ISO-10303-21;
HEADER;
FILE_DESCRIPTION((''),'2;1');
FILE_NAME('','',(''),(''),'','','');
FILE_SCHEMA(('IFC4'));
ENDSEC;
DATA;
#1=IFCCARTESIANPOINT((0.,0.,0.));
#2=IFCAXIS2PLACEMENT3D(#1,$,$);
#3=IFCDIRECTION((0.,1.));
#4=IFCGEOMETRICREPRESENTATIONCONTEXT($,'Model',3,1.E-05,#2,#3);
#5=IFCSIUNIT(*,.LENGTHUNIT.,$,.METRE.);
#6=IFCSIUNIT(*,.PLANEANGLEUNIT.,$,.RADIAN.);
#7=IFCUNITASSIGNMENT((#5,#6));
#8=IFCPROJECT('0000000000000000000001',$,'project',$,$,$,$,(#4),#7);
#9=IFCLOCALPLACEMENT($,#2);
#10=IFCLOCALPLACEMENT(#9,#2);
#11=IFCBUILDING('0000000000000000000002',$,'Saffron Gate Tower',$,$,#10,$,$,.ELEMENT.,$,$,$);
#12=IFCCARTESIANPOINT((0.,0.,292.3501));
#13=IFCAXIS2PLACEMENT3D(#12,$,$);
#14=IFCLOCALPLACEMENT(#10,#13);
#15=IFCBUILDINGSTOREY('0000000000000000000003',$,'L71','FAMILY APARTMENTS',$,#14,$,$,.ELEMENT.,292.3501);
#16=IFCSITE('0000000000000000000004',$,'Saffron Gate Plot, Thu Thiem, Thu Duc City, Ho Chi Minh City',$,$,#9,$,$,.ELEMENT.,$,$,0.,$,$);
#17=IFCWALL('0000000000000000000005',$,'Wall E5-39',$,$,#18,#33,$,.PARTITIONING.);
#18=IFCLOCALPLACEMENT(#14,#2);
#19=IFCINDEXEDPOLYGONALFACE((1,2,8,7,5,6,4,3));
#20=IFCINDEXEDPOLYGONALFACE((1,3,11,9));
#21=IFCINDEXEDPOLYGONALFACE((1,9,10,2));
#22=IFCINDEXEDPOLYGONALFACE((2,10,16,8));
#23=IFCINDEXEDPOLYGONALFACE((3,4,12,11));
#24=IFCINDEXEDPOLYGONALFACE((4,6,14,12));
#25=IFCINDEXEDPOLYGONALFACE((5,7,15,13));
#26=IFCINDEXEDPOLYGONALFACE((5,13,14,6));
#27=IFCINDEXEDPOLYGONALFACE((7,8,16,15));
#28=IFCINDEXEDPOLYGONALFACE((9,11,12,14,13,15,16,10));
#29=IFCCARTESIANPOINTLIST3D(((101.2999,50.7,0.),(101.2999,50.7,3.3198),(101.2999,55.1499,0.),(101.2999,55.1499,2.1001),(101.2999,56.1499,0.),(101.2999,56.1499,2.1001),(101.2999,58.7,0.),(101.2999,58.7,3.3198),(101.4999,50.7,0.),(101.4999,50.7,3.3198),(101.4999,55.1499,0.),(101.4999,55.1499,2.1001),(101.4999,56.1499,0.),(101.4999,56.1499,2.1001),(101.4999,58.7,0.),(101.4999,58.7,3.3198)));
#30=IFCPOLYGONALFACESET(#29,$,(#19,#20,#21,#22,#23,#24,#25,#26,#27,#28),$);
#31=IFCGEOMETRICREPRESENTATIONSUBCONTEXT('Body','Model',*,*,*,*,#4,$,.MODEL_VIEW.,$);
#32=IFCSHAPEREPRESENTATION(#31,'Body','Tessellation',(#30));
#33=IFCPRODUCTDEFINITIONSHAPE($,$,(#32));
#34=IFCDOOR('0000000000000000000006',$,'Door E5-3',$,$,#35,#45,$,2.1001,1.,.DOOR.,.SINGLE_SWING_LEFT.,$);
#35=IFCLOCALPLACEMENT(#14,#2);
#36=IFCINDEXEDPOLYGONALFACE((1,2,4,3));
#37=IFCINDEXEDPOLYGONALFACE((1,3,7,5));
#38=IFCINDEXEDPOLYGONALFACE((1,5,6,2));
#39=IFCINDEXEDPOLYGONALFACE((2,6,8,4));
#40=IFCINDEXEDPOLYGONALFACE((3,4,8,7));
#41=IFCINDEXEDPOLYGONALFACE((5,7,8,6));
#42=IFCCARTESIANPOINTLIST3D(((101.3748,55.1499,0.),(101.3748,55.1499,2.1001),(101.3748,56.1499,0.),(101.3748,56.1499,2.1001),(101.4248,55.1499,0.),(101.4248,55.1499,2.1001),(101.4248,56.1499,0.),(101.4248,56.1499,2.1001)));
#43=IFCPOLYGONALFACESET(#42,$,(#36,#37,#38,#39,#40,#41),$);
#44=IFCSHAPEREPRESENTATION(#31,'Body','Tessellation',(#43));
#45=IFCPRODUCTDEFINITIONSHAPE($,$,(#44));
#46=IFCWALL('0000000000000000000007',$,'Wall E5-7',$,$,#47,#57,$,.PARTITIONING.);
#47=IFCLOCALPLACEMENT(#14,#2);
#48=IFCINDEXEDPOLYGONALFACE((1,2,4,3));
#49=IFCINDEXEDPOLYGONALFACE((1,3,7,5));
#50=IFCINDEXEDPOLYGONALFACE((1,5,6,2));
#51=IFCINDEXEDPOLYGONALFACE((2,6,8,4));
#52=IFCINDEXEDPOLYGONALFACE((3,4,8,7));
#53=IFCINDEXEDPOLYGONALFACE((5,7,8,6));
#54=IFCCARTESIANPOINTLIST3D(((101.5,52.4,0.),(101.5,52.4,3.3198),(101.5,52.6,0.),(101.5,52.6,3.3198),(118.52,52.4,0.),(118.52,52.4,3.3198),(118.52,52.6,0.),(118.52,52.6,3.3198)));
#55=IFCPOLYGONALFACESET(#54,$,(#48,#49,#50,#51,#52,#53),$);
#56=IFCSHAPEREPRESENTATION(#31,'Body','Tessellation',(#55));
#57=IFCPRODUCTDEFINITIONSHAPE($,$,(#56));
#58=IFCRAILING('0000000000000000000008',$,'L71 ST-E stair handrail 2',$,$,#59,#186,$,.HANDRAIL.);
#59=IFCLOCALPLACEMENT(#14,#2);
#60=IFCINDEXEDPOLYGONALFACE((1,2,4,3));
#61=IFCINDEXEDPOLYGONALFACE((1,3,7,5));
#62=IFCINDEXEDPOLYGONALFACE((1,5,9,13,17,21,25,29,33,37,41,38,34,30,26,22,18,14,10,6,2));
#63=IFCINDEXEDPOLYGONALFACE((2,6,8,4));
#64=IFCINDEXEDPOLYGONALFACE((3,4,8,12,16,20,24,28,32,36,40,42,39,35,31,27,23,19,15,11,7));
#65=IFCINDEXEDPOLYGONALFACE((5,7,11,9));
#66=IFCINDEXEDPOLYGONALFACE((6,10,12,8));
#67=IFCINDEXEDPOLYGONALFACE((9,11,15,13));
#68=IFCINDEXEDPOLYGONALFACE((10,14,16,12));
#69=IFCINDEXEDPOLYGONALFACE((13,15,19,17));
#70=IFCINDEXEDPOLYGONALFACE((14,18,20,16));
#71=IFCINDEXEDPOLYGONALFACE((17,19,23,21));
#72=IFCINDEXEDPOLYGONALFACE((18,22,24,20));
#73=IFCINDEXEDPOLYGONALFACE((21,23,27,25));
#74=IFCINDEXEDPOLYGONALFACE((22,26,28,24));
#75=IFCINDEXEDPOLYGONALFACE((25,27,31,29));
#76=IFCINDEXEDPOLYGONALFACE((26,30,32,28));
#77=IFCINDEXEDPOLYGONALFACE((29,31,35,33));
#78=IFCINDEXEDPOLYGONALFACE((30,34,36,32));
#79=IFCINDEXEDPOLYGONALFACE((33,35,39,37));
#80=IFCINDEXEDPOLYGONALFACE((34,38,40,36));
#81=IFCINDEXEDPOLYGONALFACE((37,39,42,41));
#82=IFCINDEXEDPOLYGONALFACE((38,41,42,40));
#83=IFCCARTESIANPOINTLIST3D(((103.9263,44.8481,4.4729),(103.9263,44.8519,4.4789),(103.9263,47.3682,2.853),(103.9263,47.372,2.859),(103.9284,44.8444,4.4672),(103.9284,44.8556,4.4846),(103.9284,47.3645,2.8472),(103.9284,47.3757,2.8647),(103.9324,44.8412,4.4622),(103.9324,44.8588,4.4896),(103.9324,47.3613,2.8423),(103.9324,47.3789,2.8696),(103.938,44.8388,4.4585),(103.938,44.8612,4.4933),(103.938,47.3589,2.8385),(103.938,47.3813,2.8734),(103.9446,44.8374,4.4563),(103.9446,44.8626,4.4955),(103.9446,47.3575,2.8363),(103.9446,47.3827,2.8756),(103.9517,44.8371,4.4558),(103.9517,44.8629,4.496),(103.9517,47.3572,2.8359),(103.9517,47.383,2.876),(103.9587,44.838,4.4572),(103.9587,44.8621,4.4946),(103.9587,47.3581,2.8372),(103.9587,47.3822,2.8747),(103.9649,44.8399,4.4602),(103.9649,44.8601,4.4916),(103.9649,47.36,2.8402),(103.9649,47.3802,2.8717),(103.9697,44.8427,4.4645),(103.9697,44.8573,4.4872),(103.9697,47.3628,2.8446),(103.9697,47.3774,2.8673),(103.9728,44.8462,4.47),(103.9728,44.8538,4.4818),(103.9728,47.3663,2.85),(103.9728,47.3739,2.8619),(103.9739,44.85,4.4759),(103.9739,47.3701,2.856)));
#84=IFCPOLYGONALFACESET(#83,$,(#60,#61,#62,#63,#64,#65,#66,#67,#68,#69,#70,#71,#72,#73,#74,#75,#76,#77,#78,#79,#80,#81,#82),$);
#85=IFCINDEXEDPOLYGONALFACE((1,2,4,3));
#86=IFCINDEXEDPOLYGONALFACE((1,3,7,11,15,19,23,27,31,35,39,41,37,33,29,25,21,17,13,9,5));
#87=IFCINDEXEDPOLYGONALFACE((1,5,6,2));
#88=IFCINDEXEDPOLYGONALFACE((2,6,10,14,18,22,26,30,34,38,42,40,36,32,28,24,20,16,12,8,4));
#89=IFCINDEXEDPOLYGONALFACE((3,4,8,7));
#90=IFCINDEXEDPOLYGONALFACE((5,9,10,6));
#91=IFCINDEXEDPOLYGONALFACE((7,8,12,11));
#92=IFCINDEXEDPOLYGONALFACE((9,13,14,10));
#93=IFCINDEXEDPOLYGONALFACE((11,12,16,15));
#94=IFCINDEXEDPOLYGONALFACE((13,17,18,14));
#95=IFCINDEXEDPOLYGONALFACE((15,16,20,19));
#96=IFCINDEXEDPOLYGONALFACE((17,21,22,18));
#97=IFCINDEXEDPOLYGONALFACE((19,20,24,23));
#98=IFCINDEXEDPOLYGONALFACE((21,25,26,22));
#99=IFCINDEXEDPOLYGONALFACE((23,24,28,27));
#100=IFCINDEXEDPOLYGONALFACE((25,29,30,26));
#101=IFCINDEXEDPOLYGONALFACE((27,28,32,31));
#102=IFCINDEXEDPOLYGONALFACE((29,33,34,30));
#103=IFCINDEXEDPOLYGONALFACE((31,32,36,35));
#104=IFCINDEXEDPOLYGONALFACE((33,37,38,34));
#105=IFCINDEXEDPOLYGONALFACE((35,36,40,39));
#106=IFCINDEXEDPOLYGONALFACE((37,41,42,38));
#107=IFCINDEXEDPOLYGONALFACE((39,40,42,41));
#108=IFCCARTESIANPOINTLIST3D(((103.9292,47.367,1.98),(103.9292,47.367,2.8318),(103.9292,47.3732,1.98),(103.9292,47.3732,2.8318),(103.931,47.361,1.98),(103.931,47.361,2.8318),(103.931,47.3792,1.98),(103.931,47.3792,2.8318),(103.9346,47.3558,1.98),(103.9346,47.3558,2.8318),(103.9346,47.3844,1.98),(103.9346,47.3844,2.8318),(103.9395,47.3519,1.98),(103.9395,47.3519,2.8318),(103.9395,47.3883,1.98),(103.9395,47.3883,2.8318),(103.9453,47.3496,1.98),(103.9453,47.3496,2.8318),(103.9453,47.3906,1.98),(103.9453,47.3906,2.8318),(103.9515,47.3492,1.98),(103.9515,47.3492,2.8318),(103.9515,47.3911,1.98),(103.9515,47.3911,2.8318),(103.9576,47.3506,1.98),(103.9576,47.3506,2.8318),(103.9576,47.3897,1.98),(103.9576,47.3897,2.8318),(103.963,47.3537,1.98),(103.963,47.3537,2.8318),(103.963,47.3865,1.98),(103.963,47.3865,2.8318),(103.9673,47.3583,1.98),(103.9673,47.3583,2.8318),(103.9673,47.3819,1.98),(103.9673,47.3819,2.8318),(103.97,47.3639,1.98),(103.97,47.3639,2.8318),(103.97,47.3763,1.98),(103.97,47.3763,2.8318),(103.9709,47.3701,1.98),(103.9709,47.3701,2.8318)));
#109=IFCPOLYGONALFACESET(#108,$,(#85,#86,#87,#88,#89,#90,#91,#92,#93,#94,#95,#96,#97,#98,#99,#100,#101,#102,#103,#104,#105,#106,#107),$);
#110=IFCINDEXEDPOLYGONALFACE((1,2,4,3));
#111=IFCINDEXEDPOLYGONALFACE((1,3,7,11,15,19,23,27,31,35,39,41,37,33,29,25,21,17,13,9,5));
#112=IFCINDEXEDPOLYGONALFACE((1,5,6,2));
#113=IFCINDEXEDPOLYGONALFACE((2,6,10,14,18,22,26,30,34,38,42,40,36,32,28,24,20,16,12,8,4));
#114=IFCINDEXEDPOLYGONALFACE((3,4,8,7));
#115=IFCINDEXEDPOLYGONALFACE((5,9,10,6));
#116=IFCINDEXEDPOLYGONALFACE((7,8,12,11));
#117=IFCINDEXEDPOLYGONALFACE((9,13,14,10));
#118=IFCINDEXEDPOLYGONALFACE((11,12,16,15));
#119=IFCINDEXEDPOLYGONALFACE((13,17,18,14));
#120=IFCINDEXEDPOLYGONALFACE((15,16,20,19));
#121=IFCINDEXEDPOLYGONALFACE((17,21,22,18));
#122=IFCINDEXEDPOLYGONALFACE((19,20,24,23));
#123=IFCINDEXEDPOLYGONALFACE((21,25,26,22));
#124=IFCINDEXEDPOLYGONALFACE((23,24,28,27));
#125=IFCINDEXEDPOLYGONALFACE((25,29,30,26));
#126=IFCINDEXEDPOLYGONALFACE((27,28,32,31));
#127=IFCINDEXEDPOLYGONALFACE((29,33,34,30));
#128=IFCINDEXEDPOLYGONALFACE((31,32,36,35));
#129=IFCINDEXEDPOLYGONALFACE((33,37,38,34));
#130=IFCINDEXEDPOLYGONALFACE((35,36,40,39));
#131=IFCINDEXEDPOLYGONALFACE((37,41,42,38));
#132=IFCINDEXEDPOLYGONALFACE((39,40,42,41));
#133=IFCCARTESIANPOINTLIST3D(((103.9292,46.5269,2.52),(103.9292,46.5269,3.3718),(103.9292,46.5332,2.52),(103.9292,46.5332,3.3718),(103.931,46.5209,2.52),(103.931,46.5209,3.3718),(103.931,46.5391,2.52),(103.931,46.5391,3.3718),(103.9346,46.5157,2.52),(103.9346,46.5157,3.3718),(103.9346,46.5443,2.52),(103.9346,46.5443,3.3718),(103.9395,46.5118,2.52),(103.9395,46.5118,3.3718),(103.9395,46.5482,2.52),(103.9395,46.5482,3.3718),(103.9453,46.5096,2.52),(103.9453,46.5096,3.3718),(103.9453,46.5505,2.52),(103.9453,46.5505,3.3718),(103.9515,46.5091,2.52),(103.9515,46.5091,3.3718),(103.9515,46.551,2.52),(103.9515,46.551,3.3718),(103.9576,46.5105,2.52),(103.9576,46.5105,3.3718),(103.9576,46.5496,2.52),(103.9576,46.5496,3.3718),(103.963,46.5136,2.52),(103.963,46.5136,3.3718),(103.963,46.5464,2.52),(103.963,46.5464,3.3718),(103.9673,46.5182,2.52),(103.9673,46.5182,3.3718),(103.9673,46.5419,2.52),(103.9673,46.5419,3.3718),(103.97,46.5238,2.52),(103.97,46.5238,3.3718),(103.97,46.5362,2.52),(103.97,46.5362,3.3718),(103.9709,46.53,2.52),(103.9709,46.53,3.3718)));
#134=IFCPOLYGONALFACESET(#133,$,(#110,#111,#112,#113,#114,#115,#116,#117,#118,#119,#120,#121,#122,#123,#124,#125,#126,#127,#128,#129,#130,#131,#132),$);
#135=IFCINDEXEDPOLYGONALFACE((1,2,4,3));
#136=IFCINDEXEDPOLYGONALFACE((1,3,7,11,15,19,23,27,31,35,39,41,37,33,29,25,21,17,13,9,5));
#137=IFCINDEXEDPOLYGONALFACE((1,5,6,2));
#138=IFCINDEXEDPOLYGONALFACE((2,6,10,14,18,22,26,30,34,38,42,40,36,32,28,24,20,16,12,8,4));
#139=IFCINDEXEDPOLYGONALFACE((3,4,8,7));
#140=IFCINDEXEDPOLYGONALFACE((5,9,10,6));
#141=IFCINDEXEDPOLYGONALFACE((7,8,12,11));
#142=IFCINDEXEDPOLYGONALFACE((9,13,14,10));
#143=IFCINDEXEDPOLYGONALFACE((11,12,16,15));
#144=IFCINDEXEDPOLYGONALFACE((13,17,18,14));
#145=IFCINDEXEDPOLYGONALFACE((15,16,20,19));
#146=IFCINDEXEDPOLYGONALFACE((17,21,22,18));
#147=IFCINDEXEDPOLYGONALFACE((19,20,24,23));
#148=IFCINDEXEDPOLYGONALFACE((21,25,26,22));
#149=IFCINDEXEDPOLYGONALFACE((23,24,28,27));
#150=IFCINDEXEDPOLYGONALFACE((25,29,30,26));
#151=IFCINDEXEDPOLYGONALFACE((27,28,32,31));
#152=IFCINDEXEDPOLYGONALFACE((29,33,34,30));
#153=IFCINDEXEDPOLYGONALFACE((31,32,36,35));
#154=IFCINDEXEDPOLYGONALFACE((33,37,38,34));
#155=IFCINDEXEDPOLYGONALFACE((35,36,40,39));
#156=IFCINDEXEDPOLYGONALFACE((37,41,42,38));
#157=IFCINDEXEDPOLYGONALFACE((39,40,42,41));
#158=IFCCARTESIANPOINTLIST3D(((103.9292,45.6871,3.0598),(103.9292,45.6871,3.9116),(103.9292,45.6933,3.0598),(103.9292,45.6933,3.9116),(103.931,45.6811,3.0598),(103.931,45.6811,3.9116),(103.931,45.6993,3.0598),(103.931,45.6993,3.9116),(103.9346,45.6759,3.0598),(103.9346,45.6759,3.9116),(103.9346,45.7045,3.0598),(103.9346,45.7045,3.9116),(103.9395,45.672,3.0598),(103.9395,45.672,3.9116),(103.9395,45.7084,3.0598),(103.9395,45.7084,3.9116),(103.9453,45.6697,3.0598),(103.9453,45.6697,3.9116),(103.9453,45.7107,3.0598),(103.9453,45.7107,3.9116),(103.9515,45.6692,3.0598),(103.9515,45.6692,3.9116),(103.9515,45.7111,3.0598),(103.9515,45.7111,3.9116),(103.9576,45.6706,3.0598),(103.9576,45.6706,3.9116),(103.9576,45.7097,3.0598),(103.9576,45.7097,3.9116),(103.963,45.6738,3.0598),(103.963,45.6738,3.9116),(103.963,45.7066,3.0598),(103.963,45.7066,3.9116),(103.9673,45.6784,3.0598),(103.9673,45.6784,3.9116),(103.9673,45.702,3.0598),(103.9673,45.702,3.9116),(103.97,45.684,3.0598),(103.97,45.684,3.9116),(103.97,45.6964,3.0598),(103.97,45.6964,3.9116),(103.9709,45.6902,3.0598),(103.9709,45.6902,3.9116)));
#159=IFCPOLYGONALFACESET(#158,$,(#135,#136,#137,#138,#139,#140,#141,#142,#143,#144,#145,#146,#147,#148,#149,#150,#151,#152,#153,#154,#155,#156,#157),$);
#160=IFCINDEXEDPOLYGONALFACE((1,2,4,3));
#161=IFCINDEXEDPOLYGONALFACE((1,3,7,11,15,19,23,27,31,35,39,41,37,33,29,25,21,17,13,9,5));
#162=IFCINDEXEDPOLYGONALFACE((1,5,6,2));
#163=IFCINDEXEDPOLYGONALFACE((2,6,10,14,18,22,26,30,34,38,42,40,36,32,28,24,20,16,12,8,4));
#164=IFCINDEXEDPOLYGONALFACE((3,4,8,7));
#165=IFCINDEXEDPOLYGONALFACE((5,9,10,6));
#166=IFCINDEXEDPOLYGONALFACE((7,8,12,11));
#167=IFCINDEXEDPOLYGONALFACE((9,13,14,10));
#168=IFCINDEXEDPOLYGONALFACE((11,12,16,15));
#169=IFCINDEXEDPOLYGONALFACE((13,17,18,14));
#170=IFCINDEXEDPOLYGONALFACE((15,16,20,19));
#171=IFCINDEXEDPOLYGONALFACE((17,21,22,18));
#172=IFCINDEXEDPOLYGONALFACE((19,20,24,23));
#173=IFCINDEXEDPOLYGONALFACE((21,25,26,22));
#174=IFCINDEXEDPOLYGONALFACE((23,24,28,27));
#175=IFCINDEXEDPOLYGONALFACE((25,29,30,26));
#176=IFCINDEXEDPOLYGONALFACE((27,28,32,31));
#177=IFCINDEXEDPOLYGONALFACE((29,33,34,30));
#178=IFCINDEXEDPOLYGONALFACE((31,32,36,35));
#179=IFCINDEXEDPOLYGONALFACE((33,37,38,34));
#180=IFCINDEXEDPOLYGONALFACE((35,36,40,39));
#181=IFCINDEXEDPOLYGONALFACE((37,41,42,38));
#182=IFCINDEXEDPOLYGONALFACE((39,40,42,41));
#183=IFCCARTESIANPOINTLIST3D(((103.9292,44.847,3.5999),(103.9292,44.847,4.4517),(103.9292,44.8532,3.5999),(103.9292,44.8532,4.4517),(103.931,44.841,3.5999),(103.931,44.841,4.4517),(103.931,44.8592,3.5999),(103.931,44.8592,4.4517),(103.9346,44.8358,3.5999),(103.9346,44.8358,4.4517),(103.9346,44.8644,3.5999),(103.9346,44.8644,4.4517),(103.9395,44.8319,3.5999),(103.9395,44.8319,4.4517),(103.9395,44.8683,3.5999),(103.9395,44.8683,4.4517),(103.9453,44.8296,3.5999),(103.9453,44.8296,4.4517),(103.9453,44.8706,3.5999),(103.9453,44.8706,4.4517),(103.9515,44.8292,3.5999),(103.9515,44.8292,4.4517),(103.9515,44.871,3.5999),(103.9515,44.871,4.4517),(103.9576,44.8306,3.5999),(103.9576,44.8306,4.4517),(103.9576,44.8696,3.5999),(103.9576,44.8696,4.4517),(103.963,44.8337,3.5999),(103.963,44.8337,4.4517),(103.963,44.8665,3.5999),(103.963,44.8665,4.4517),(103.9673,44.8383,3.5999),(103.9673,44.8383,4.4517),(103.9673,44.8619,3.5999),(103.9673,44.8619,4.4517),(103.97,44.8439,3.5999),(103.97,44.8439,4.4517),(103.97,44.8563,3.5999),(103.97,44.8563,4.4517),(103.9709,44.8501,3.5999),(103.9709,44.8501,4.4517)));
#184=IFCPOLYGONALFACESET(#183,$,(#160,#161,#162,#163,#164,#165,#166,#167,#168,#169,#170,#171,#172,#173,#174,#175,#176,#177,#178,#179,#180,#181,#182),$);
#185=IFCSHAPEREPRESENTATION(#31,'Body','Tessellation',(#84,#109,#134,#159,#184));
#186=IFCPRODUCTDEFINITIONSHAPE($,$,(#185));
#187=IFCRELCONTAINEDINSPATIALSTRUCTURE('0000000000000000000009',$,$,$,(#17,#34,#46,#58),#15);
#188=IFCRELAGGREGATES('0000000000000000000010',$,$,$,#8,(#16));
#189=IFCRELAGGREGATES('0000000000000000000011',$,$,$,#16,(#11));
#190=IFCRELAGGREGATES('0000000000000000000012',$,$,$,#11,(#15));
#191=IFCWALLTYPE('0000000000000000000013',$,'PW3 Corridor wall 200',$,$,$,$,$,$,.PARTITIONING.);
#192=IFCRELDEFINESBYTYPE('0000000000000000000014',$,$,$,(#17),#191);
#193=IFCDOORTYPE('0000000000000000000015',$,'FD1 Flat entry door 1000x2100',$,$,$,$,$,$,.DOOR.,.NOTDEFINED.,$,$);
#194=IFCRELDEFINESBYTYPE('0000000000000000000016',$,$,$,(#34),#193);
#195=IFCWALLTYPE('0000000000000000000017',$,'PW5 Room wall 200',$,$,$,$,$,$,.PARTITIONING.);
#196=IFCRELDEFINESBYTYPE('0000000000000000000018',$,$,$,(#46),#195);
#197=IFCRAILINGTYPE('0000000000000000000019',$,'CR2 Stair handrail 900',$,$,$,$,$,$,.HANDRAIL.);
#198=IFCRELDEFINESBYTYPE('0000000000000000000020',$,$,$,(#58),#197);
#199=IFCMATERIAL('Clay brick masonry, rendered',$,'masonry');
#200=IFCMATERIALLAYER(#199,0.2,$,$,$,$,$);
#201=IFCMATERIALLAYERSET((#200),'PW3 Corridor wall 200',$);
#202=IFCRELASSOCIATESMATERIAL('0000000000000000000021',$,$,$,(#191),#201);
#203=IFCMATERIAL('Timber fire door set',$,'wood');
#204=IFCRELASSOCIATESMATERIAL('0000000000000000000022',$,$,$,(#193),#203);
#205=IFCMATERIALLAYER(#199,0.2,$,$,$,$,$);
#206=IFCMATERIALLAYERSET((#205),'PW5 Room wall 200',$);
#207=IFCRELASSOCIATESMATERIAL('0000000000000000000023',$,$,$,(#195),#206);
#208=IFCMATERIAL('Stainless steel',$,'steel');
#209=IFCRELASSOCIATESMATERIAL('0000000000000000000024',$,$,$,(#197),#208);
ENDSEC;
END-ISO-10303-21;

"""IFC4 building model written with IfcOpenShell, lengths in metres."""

from ifc_helpers import new_model, si_unit, direction, frame, frame_2d, origin, origin_2d, place, context, subcontext, project, spatial, rectangle, circle, extrude, material, layer, layer_set, type_object, element, fill, save


model = new_model("IFC4")

# Units and contexts
model_context = context("Model", 3, precision=1e-05, world=origin(), true_north=direction((0.0, 1.0)))
body_context = subcontext(model_context, "Body", "Model", "MODEL_VIEW")
ifc_project = project(units=[si_unit("LENGTHUNIT", "METRE"), si_unit("PLANEANGLEUNIT", "RADIAN")], contexts=[model_context])

# Site, building, storey
site_placement = place(None, origin())
site = spatial("IfcSite", under=ifc_project, at=site_placement, Name="Saffron Gate Plot, Thu Thiem, Thu Duc City, Ho Chi Minh City", CompositionType="ELEMENT", RefElevation=0.0)
building_placement = place(site_placement, origin())
building = spatial("IfcBuilding", under=site, at=building_placement, Name="Saffron Gate Tower", CompositionType="ELEMENT")
storey_placement = place(building_placement, frame((0.0, 0.0, 292.3501)))
storey = spatial("IfcBuildingStorey", under=building, at=storey_placement, Name="L71", Description="FAMILY APARTMENTS", CompositionType="ELEMENT", Elevation=292.3501)

# Shared definitions
ifc_material_1 = material(Name="Clay brick masonry, rendered", Category="masonry")
ifc_layer_1 = layer(ifc_material_1, 0.2)
ifc_layer_set_1 = layer_set([ifc_layer_1], Name="PW3 Corridor wall 200")
wall_type_1 = type_object("IfcWallType", Name="PW3 Corridor wall 200", PredefinedType="PARTITIONING", material=ifc_layer_set_1)

# Wall, opening, door
wall_1_placement = place(storey_placement, frame((101.3999, 58.7, 0.0), z_axis=(0.0, 0.0, 1.0), x_axis=(0.0, -1.0, 0.0)))
wall_1 = element("IfcWall", 1, at=wall_1_placement, inside=storey, type_object=wall_type_1, Name="Wall E5-39", PredefinedType="PARTITIONING", context=body_context, shape_type="SweptSolid", body=[
    extrude(rectangle(XDim=8.0, YDim=0.2, at=frame_2d((4.0, 0.0))), origin(), (0.0, 0.0, 1.0), 3.3198),
])
opening_1_placement = place(wall_1_placement, frame((2.55, 0.0, 0.0)))
opening_1 = element("IfcOpeningElement", 2, at=opening_1_placement, cuts=wall_1, PredefinedType="OPENING", context=body_context, shape_type="SweptSolid", body=[
    extrude(rectangle(XDim=1.0, YDim=2.1001, at=frame_2d((0.5, 1.05))), frame((0.0, 0.1099, 0.0), z_axis=(0.0, -1.0, 0.0), x_axis=(1.0, 0.0, 0.0)), (0.0, 0.0, 1.0), 0.22),
])
ifc_material_2 = material(Name="Timber fire door set", Category="wood")
door_type_1 = type_object("IfcDoorType", Name="FD1 Flat entry door 1000x2100", OperationType="NOTDEFINED", PredefinedType="DOOR", material=ifc_material_2)
door_1_placement = place(opening_1_placement, origin())
door_1 = element("IfcDoor", 3, at=door_1_placement, inside=storey, type_object=door_type_1, Name="Door E5-3", OperationType="SINGLE_SWING_LEFT", OverallHeight=2.1001, OverallWidth=1.0, PredefinedType="DOOR", context=body_context, shape_type="SweptSolid", body=[
    extrude(rectangle(XDim=1.0, YDim=2.1001, at=frame_2d((0.5, 1.05))), frame((0.0, 0.0249, 0.0), z_axis=(0.0, -1.0, 0.0), x_axis=(1.0, 0.0, 0.0)), (0.0, 0.0, 1.0), 0.05),
])
fill(opening_1, door_1)

# Wall
ifc_layer_2 = layer(ifc_material_1, 0.2)
ifc_layer_set_2 = layer_set([ifc_layer_2], Name="PW5 Room wall 200")
wall_type_2 = type_object("IfcWallType", Name="PW5 Room wall 200", PredefinedType="PARTITIONING", material=ifc_layer_set_2)
wall_2_placement = place(storey_placement, frame((101.5, 52.5, 0.0), z_axis=(0.0, 0.0, 1.0), x_axis=(1.0, 0.0, 0.0)))
element("IfcWall", 4, at=wall_2_placement, inside=storey, type_object=wall_type_2, Name="Wall E5-7", PredefinedType="PARTITIONING", context=body_context, shape_type="SweptSolid", body=[
    extrude(rectangle(XDim=17.02, YDim=0.2, at=frame_2d((8.51, 0.0))), origin(), (0.0, 0.0, 1.0), 3.3198),
])

# Railing
ifc_material_3 = material(Name="Stainless steel", Category="steel")
railing_type_1 = type_object("IfcRailingType", Name="CR2 Stair handrail 900", PredefinedType="HANDRAIL", material=ifc_material_3)
railing_1_placement = place(storey_placement, frame((103.95, 47.3701, 1.98)))
element("IfcRailing", 5, at=railing_1_placement, inside=storey, type_object=railing_type_1, Name="L71 ST-E stair handrail 2", PredefinedType="HANDRAIL", context=body_context, shape_type="SweptSolid", body=[
    extrude(circle(Radius=0.0239, at=origin_2d()), frame((0.0, 0.0, 0.876), z_axis=(0.0, -0.8412, 0.540725), x_axis=(1.0, 0.0, 0.0)), (0.0, 0.0, 1.0), 2.9958),
    extrude(circle(Radius=0.021, at=origin_2d()), origin(), (0.0, 0.0, 1.0), 0.8518),
    extrude(circle(Radius=0.021, at=origin_2d()), frame((0.0, -0.8401, 0.54)), (0.0, 0.0, 1.0), 0.8518),
    extrude(circle(Radius=0.021, at=origin_2d()), frame((0.0, -1.6799, 1.0798)), (0.0, 0.0, 1.0), 0.8518),
    extrude(circle(Radius=0.021, at=origin_2d()), frame((0.0, -2.52, 1.6199)), (0.0, 0.0, 1.0), 0.8518),
])

save(model, "model.ifc")
